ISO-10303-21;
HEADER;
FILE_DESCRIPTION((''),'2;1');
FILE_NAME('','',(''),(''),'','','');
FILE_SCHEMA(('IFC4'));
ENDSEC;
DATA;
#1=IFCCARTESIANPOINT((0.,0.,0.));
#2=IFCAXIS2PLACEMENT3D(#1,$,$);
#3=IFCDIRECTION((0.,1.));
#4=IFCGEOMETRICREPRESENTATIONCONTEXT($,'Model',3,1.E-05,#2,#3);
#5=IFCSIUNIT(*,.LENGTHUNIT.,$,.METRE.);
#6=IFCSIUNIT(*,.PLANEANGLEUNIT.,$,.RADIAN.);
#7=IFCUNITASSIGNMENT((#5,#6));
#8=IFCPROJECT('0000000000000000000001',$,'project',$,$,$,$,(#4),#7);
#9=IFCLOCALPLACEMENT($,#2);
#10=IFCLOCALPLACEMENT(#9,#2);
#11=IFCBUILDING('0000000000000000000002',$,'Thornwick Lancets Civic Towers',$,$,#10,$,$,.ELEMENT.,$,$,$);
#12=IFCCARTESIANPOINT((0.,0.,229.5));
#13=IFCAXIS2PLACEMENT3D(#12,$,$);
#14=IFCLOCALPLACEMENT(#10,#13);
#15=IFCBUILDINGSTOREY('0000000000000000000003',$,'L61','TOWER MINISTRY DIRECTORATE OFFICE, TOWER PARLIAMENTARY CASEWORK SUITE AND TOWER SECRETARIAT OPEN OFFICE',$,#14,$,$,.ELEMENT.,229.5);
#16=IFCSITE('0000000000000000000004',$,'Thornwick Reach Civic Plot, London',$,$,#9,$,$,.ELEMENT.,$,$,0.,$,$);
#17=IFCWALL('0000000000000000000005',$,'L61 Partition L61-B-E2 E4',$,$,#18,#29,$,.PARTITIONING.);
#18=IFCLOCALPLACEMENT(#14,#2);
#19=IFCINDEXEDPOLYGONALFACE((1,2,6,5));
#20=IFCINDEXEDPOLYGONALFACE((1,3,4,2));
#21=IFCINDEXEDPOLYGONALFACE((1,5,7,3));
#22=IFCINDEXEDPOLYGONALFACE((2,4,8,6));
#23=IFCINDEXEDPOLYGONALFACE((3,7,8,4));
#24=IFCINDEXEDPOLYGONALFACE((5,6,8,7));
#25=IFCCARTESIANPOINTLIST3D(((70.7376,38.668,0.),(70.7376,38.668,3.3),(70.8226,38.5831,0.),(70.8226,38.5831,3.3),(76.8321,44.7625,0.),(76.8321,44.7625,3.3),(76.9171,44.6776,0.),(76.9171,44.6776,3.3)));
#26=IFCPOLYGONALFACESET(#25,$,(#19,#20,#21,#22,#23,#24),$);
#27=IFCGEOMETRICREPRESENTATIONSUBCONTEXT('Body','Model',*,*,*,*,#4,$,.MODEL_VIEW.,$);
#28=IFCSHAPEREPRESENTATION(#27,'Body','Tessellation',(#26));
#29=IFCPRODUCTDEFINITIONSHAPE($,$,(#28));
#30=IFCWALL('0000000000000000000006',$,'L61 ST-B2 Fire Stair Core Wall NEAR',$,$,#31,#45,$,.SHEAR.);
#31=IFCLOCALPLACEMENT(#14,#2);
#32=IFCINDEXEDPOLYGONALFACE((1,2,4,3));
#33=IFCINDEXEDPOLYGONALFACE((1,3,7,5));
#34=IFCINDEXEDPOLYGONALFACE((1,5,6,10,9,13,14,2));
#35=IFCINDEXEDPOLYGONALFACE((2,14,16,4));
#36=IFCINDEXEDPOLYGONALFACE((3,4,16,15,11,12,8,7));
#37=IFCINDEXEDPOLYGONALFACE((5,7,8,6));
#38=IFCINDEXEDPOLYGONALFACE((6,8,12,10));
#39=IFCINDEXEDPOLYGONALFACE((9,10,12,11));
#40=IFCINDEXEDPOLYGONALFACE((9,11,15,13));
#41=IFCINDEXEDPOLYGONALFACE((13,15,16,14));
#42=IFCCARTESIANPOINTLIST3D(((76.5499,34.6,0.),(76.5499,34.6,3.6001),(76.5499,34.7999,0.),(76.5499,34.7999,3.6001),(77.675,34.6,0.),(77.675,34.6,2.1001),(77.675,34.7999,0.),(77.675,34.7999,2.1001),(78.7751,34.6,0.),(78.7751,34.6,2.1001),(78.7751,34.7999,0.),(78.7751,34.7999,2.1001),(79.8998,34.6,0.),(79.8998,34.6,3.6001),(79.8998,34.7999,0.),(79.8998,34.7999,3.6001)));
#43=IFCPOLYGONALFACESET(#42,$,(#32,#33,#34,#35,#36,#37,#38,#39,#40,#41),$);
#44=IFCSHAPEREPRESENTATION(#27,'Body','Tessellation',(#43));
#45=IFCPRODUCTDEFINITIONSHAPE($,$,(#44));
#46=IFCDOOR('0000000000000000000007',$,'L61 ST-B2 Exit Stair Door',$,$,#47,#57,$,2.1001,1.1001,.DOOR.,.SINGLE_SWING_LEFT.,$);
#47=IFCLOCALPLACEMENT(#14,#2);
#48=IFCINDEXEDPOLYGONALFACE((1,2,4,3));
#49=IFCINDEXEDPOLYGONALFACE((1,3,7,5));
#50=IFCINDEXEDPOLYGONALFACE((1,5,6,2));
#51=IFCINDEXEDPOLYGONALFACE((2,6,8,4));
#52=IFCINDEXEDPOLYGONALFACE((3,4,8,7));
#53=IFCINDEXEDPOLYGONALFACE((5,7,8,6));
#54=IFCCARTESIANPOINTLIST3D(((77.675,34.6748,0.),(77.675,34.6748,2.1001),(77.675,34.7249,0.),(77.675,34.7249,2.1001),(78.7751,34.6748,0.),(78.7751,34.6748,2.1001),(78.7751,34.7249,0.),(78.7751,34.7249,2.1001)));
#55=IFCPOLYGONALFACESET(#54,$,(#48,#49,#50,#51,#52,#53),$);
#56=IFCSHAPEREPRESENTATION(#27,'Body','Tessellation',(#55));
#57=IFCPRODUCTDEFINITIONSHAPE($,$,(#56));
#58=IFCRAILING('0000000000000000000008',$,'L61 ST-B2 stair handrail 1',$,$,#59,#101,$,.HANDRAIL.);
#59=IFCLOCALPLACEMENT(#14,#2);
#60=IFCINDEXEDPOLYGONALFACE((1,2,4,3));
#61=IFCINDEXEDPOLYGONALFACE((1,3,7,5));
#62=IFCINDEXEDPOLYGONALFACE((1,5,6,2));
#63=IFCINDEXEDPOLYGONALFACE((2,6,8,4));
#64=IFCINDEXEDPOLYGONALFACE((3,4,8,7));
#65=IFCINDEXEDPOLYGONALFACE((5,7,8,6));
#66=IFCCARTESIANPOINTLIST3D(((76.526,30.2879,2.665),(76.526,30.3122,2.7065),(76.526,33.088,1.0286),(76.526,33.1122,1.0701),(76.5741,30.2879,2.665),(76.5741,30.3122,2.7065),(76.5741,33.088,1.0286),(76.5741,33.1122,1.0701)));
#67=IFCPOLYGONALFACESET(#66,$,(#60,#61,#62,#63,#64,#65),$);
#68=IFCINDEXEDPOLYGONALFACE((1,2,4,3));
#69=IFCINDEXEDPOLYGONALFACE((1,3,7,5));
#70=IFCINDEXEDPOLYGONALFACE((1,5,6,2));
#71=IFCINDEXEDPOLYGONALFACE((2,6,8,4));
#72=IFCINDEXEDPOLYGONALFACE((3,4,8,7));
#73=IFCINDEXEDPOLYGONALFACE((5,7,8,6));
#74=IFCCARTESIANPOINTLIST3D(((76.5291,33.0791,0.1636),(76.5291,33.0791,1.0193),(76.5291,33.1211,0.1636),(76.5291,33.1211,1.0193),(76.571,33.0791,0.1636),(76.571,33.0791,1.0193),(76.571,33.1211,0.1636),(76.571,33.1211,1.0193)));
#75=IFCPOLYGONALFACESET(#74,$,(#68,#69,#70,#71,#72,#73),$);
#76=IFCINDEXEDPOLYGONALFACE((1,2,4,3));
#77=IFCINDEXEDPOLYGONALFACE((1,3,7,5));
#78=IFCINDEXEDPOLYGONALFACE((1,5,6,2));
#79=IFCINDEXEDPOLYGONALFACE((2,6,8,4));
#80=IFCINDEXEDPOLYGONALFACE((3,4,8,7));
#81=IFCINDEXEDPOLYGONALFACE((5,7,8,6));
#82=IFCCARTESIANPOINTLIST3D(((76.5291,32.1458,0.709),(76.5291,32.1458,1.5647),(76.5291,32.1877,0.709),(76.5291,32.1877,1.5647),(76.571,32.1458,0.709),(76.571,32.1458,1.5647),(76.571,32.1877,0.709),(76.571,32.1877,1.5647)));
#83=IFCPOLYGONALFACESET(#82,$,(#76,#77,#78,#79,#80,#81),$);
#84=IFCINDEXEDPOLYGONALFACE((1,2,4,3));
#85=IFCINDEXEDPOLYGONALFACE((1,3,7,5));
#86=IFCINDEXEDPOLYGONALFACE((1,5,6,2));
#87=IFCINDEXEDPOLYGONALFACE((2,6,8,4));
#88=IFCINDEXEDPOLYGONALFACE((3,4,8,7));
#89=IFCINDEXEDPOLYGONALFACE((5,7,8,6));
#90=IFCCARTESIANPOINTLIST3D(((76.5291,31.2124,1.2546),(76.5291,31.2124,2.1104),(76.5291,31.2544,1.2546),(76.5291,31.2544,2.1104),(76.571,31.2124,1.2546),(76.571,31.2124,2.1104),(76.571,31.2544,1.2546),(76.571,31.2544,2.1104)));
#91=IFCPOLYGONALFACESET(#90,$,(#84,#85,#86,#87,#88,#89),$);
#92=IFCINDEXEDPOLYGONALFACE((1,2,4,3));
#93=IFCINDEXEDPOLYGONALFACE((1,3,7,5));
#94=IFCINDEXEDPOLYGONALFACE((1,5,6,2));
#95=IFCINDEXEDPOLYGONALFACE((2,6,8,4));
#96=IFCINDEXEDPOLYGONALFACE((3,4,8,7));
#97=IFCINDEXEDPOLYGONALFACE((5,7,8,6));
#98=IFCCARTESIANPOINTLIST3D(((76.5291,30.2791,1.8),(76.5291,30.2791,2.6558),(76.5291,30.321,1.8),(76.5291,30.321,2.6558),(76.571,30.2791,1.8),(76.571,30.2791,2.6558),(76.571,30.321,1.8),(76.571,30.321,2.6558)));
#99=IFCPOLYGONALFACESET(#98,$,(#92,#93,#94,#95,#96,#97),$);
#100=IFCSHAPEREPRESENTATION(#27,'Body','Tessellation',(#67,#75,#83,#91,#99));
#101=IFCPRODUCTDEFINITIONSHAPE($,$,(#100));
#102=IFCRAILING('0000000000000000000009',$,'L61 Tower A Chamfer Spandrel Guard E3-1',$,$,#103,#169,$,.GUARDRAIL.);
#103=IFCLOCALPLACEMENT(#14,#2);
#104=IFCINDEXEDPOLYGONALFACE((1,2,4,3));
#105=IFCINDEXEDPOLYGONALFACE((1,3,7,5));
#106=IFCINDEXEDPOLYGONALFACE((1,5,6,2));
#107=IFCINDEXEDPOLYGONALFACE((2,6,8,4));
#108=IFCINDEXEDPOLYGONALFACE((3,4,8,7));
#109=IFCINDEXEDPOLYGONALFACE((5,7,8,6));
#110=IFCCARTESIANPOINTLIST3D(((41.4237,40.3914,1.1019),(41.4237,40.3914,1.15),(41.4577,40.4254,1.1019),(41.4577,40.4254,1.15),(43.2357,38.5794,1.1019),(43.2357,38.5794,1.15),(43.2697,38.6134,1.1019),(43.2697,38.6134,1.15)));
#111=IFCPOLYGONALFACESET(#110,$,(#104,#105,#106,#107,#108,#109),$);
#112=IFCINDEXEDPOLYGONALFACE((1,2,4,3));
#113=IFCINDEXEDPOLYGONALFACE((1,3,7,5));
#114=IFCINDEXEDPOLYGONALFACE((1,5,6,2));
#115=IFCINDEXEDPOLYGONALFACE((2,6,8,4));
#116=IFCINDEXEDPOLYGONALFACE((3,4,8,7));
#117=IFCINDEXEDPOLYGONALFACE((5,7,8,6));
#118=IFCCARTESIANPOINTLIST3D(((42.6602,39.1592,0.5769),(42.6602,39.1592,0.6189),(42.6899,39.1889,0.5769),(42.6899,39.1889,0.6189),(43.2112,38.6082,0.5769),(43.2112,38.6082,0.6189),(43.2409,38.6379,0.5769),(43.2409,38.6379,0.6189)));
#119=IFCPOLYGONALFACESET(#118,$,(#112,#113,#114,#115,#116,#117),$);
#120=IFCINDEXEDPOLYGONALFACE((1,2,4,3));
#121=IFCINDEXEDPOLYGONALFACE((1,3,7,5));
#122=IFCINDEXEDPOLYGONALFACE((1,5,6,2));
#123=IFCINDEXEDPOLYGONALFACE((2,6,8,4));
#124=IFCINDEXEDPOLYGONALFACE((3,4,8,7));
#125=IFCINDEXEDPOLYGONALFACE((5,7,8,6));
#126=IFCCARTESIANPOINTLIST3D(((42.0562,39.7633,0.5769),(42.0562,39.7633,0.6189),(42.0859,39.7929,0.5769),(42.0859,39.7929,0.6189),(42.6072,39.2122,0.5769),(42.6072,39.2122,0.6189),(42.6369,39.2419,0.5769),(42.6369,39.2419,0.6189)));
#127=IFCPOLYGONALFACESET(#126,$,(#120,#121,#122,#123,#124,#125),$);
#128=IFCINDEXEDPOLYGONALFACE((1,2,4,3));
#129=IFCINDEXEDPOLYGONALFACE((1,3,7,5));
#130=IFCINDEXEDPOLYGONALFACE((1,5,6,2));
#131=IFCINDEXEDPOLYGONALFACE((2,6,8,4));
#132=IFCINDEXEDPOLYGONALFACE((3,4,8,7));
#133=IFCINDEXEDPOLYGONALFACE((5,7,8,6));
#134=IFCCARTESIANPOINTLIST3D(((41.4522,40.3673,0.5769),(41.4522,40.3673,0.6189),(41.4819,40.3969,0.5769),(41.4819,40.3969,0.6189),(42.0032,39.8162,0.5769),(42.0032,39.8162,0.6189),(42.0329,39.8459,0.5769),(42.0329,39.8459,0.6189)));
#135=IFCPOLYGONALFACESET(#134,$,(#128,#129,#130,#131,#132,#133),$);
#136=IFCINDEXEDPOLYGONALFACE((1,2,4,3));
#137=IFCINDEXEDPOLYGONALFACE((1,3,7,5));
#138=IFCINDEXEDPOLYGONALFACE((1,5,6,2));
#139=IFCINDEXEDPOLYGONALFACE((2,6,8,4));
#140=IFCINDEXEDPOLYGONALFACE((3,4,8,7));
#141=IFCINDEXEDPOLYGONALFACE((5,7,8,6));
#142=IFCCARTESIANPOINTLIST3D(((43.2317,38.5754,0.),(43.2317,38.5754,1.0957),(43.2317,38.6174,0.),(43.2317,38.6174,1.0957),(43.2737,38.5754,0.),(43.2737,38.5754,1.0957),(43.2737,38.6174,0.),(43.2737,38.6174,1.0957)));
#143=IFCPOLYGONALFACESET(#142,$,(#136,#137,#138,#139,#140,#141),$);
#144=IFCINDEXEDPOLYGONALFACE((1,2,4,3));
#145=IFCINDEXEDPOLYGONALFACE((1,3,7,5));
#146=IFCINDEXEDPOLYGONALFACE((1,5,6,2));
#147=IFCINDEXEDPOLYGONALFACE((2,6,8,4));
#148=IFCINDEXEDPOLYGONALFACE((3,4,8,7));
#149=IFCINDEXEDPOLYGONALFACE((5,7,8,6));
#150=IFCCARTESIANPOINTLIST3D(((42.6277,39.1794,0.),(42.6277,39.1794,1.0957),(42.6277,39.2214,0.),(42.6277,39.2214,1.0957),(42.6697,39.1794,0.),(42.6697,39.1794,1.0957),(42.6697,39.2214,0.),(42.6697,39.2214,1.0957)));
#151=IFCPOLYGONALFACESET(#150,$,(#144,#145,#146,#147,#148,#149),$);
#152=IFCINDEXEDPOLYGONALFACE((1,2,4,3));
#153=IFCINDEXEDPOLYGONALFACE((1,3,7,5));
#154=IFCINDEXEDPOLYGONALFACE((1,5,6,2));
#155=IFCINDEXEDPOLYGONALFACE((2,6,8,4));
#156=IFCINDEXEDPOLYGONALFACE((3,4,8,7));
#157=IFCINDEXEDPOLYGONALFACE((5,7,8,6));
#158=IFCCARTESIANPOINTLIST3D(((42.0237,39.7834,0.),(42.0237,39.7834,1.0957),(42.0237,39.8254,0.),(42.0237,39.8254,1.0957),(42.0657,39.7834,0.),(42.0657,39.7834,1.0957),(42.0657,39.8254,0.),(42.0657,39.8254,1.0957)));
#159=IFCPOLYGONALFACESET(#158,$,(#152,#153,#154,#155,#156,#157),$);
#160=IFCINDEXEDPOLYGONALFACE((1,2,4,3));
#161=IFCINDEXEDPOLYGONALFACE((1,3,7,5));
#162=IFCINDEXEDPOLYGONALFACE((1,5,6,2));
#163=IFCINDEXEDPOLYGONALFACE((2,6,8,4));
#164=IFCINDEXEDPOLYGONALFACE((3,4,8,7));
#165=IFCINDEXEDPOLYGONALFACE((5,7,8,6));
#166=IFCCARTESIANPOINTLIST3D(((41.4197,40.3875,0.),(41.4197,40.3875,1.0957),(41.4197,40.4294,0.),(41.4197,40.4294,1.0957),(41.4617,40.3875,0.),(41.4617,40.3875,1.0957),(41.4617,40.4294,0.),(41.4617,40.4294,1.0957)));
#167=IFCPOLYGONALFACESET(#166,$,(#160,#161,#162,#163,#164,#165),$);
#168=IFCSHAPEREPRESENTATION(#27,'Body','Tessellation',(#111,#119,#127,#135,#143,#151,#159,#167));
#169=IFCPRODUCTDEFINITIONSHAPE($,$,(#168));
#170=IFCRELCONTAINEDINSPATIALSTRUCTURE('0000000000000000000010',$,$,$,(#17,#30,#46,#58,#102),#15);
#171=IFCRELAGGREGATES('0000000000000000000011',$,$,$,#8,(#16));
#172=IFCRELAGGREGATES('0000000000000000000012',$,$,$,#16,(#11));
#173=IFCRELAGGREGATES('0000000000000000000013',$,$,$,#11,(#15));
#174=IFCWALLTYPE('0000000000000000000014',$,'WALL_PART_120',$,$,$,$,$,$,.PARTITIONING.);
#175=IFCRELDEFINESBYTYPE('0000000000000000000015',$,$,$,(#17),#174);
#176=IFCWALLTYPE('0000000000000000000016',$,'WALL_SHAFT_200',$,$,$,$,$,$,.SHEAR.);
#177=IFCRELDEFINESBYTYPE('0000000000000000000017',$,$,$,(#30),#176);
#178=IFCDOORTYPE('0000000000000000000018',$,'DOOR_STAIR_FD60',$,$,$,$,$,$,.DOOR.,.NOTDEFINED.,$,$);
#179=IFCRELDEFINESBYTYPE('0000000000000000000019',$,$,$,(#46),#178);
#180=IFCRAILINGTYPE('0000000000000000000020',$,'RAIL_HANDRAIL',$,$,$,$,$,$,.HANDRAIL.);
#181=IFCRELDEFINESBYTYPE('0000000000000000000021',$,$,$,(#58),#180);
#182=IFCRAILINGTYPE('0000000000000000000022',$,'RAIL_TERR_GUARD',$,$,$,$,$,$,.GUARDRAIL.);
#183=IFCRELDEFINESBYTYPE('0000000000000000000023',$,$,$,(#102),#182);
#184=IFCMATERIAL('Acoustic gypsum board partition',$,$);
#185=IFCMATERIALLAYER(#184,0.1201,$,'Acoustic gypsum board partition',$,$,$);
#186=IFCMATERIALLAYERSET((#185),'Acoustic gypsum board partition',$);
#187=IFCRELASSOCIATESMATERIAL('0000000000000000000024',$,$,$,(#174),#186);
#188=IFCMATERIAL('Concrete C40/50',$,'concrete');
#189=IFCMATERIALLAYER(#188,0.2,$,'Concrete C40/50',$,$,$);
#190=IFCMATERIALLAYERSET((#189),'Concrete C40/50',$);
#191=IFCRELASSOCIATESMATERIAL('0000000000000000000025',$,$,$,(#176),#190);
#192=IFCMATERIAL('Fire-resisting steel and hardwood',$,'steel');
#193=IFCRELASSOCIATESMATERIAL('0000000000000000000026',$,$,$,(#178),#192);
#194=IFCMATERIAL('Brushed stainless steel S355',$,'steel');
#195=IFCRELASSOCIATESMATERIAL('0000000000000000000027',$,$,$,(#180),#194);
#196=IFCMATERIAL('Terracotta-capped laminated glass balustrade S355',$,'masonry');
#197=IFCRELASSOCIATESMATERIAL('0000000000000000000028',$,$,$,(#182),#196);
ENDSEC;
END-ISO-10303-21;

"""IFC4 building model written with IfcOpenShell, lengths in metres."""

from ifc_helpers import new_model, si_unit, direction, frame, frame_2d, origin, origin_2d, place, context, subcontext, project, spatial, rectangle, extrude, material, layer, layer_set, type_object, element, fill, save


model = new_model("IFC4")

# Units and contexts
model_context = context("Model", 3, precision=1e-05, world=origin(), true_north=direction((0.0, 1.0)))
body_context = subcontext(model_context, "Body", "Model", "MODEL_VIEW")
ifc_project = project(units=[si_unit("LENGTHUNIT", "METRE"), si_unit("PLANEANGLEUNIT", "RADIAN")], contexts=[model_context])

# Site, building, storey
site_placement = place(None, origin())
site = spatial("IfcSite", under=ifc_project, at=site_placement, Name="Thornwick Reach Civic Plot, London", CompositionType="ELEMENT", RefElevation=0.0)
building_placement = place(site_placement, origin())
building = spatial("IfcBuilding", under=site, at=building_placement, Name="Thornwick Lancets Civic Towers", CompositionType="ELEMENT")
storey_placement = place(building_placement, frame((0.0, 0.0, 229.5)))
storey = spatial("IfcBuildingStorey", under=building, at=storey_placement, Name="L61", Description="TOWER MINISTRY DIRECTORATE OFFICE, TOWER PARLIAMENTARY CASEWORK SUITE AND TOWER SECRETARIAT OPEN OFFICE", CompositionType="ELEMENT", Elevation=229.5)

# Shared definitions
ifc_material_1 = material(Name="Concrete C40/50", Category="concrete")

# Wall
ifc_material_2 = material(Name="Acoustic gypsum board partition")
ifc_layer_1 = layer(ifc_material_2, 0.1201, Name="Acoustic gypsum board partition")
ifc_layer_set_1 = layer_set([ifc_layer_1], Name="Acoustic gypsum board partition")
wall_type_1 = type_object("IfcWallType", Name="WALL_PART_120", PredefinedType="PARTITIONING", material=ifc_layer_set_1)
wall_1_placement = place(storey_placement, frame((70.78, 38.6255, 0.0), z_axis=(0.0, 0.0, 1.0), x_axis=(0.707107, 0.707107, 0.0)))
element("IfcWall", 1, at=wall_1_placement, inside=storey, type_object=wall_type_1, Name="L61 Partition L61-B-E2 E4", PredefinedType="PARTITIONING", context=body_context, shape_type="SweptSolid", body=[
    extrude(rectangle(XDim=8.6189, YDim=0.1201, at=frame_2d((4.3096, 0.0))), origin(), (0.0, 0.0, 1.0), 3.3),
])

# Wall, opening, door
ifc_layer_2 = layer(ifc_material_1, 0.2, Name="Concrete C40/50")
ifc_layer_set_2 = layer_set([ifc_layer_2], Name="Concrete C40/50")
wall_type_2 = type_object("IfcWallType", Name="WALL_SHAFT_200", PredefinedType="SHEAR", material=ifc_layer_set_2)
wall_2_placement = place(storey_placement, frame((76.55, 34.7, 0.0), z_axis=(0.0, 0.0, 1.0), x_axis=(1.0, 0.0, 0.0)))
wall_2 = element("IfcWall", 2, at=wall_2_placement, inside=storey, type_object=wall_type_2, Name="L61 ST-B2 Fire Stair Core Wall NEAR", PredefinedType="SHEAR", context=body_context, shape_type="SweptSolid", body=[
    extrude(rectangle(XDim=3.3499, YDim=0.2, at=frame_2d((1.6748, 0.0))), origin(), (0.0, 0.0, 1.0), 3.6001),
])
opening_1_placement = place(wall_2_placement, frame((1.125, 0.0, 0.0)))
opening_1 = element("IfcOpeningElement", 3, at=opening_1_placement, cuts=wall_2, PredefinedType="OPENING", context=body_context, shape_type="SweptSolid", body=[
    extrude(rectangle(XDim=1.1001, YDim=2.1001, at=frame_2d((0.55, 1.05))), frame((0.0, 0.1099, 0.0), z_axis=(0.0, -1.0, 0.0), x_axis=(1.0, 0.0, 0.0)), (0.0, 0.0, 1.0), 0.22),
])
ifc_material_3 = material(Name="Fire-resisting steel and hardwood", Category="steel")
door_type_1 = type_object("IfcDoorType", Name="DOOR_STAIR_FD60", OperationType="NOTDEFINED", PredefinedType="DOOR", material=ifc_material_3)
door_1_placement = place(opening_1_placement, origin())
door_1 = element("IfcDoor", 4, at=door_1_placement, inside=storey, type_object=door_type_1, Name="L61 ST-B2 Exit Stair Door", OperationType="SINGLE_SWING_LEFT", OverallHeight=2.1001, OverallWidth=1.1001, PredefinedType="DOOR", context=body_context, shape_type="SweptSolid", body=[
    extrude(rectangle(XDim=1.1001, YDim=2.1001, at=frame_2d((0.55, 1.05))), frame((0.0, 0.0249, 0.0), z_axis=(0.0, -1.0, 0.0), x_axis=(1.0, 0.0, 0.0)), (0.0, 0.0, 1.0), 0.05),
])
fill(opening_1, door_1)

# Railings
ifc_material_4 = material(Name="Brushed stainless steel S355", Category="steel")
railing_type_1 = type_object("IfcRailingType", Name="RAIL_HANDRAIL", PredefinedType="HANDRAIL", material=ifc_material_4)
railing_1_placement = place(storey_placement, frame((76.55, 33.1001, 0.1636)))
element("IfcRailing", 5, at=railing_1_placement, inside=storey, type_object=railing_type_1, Name="L61 ST-B2 stair handrail 1", PredefinedType="HANDRAIL", context=body_context, shape_type="SweptSolid", body=[
    extrude(rectangle(XDim=0.0481, YDim=0.0481, at=origin_2d()), frame((0.0, 0.0, 0.8857), z_axis=(0.0, -0.863361, 0.504587), x_axis=(1.0, 0.0, 0.0)), (0.0, 0.0, 1.0), 3.2432),
    extrude(rectangle(XDim=0.042, YDim=0.042, at=origin_2d()), origin(), (0.0, 0.0, 1.0), 0.8557),
    extrude(rectangle(XDim=0.042, YDim=0.042, at=origin_2d()), frame((0.0, -0.9333, 0.5454)), (0.0, 0.0, 1.0), 0.8557),
    extrude(rectangle(XDim=0.042, YDim=0.042, at=origin_2d()), frame((0.0, -1.8667, 1.0911)), (0.0, 0.0, 1.0), 0.8557),
    extrude(rectangle(XDim=0.042, YDim=0.042, at=origin_2d()), frame((0.0, -2.8, 1.6365)), (0.0, 0.0, 1.0), 0.8557),
])
ifc_material_5 = material(Name="Terracotta-capped laminated glass balustrade S355", Category="masonry")
railing_type_2 = type_object("IfcRailingType", Name="RAIL_TERR_GUARD", PredefinedType="GUARDRAIL", material=ifc_material_5)
railing_2_placement = place(storey_placement, frame((43.2527, 38.5964, 0.0)))
element("IfcRailing", 6, at=railing_2_placement, inside=storey, type_object=railing_type_2, Name="L61 Tower A Chamfer Spandrel Guard E3-1", PredefinedType="GUARDRAIL", context=body_context, shape_type="SweptSolid", body=[
    extrude(rectangle(XDim=0.0481, YDim=0.0481, at=origin_2d()), frame((0.0, 0.0, 1.126), z_axis=(-0.707107, 0.707107, 0.0), x_axis=(-0.707107, -0.707107, 0.0)), (0.0, 0.0, 1.0), 2.5625),
    extrude(rectangle(XDim=0.042, YDim=0.042, at=origin_2d()), frame((-0.0266, 0.0266, 0.5979), z_axis=(-0.707107, 0.707107, 0.0), x_axis=(-0.707107, -0.707107, 0.0)), (0.0, 0.0, 1.0), 0.7793),
    extrude(rectangle(XDim=0.042, YDim=0.042, at=origin_2d()), frame((-0.6306, 0.6306, 0.5979), z_axis=(-0.707107, 0.707107, 0.0), x_axis=(-0.707107, -0.707107, 0.0)), (0.0, 0.0, 1.0), 0.7793),
    extrude(rectangle(XDim=0.042, YDim=0.042, at=origin_2d()), frame((-1.2346, 1.2346, 0.5979), z_axis=(-0.707107, 0.707107, 0.0), x_axis=(-0.707107, -0.707107, 0.0)), (0.0, 0.0, 1.0), 0.7793),
    extrude(rectangle(XDim=0.042, YDim=0.042, at=origin_2d()), origin(), (0.0, 0.0, 1.0), 1.0957),
    extrude(rectangle(XDim=0.042, YDim=0.042, at=origin_2d()), frame((-0.604, 0.604, 0.0)), (0.0, 0.0, 1.0), 1.0957),
    extrude(rectangle(XDim=0.042, YDim=0.042, at=origin_2d()), frame((-1.208, 1.208, 0.0)), (0.0, 0.0, 1.0), 1.0957),
    extrude(rectangle(XDim=0.042, YDim=0.042, at=origin_2d()), frame((-1.812, 1.812, 0.0)), (0.0, 0.0, 1.0), 1.0957),
])

save(model, "model.ifc")
